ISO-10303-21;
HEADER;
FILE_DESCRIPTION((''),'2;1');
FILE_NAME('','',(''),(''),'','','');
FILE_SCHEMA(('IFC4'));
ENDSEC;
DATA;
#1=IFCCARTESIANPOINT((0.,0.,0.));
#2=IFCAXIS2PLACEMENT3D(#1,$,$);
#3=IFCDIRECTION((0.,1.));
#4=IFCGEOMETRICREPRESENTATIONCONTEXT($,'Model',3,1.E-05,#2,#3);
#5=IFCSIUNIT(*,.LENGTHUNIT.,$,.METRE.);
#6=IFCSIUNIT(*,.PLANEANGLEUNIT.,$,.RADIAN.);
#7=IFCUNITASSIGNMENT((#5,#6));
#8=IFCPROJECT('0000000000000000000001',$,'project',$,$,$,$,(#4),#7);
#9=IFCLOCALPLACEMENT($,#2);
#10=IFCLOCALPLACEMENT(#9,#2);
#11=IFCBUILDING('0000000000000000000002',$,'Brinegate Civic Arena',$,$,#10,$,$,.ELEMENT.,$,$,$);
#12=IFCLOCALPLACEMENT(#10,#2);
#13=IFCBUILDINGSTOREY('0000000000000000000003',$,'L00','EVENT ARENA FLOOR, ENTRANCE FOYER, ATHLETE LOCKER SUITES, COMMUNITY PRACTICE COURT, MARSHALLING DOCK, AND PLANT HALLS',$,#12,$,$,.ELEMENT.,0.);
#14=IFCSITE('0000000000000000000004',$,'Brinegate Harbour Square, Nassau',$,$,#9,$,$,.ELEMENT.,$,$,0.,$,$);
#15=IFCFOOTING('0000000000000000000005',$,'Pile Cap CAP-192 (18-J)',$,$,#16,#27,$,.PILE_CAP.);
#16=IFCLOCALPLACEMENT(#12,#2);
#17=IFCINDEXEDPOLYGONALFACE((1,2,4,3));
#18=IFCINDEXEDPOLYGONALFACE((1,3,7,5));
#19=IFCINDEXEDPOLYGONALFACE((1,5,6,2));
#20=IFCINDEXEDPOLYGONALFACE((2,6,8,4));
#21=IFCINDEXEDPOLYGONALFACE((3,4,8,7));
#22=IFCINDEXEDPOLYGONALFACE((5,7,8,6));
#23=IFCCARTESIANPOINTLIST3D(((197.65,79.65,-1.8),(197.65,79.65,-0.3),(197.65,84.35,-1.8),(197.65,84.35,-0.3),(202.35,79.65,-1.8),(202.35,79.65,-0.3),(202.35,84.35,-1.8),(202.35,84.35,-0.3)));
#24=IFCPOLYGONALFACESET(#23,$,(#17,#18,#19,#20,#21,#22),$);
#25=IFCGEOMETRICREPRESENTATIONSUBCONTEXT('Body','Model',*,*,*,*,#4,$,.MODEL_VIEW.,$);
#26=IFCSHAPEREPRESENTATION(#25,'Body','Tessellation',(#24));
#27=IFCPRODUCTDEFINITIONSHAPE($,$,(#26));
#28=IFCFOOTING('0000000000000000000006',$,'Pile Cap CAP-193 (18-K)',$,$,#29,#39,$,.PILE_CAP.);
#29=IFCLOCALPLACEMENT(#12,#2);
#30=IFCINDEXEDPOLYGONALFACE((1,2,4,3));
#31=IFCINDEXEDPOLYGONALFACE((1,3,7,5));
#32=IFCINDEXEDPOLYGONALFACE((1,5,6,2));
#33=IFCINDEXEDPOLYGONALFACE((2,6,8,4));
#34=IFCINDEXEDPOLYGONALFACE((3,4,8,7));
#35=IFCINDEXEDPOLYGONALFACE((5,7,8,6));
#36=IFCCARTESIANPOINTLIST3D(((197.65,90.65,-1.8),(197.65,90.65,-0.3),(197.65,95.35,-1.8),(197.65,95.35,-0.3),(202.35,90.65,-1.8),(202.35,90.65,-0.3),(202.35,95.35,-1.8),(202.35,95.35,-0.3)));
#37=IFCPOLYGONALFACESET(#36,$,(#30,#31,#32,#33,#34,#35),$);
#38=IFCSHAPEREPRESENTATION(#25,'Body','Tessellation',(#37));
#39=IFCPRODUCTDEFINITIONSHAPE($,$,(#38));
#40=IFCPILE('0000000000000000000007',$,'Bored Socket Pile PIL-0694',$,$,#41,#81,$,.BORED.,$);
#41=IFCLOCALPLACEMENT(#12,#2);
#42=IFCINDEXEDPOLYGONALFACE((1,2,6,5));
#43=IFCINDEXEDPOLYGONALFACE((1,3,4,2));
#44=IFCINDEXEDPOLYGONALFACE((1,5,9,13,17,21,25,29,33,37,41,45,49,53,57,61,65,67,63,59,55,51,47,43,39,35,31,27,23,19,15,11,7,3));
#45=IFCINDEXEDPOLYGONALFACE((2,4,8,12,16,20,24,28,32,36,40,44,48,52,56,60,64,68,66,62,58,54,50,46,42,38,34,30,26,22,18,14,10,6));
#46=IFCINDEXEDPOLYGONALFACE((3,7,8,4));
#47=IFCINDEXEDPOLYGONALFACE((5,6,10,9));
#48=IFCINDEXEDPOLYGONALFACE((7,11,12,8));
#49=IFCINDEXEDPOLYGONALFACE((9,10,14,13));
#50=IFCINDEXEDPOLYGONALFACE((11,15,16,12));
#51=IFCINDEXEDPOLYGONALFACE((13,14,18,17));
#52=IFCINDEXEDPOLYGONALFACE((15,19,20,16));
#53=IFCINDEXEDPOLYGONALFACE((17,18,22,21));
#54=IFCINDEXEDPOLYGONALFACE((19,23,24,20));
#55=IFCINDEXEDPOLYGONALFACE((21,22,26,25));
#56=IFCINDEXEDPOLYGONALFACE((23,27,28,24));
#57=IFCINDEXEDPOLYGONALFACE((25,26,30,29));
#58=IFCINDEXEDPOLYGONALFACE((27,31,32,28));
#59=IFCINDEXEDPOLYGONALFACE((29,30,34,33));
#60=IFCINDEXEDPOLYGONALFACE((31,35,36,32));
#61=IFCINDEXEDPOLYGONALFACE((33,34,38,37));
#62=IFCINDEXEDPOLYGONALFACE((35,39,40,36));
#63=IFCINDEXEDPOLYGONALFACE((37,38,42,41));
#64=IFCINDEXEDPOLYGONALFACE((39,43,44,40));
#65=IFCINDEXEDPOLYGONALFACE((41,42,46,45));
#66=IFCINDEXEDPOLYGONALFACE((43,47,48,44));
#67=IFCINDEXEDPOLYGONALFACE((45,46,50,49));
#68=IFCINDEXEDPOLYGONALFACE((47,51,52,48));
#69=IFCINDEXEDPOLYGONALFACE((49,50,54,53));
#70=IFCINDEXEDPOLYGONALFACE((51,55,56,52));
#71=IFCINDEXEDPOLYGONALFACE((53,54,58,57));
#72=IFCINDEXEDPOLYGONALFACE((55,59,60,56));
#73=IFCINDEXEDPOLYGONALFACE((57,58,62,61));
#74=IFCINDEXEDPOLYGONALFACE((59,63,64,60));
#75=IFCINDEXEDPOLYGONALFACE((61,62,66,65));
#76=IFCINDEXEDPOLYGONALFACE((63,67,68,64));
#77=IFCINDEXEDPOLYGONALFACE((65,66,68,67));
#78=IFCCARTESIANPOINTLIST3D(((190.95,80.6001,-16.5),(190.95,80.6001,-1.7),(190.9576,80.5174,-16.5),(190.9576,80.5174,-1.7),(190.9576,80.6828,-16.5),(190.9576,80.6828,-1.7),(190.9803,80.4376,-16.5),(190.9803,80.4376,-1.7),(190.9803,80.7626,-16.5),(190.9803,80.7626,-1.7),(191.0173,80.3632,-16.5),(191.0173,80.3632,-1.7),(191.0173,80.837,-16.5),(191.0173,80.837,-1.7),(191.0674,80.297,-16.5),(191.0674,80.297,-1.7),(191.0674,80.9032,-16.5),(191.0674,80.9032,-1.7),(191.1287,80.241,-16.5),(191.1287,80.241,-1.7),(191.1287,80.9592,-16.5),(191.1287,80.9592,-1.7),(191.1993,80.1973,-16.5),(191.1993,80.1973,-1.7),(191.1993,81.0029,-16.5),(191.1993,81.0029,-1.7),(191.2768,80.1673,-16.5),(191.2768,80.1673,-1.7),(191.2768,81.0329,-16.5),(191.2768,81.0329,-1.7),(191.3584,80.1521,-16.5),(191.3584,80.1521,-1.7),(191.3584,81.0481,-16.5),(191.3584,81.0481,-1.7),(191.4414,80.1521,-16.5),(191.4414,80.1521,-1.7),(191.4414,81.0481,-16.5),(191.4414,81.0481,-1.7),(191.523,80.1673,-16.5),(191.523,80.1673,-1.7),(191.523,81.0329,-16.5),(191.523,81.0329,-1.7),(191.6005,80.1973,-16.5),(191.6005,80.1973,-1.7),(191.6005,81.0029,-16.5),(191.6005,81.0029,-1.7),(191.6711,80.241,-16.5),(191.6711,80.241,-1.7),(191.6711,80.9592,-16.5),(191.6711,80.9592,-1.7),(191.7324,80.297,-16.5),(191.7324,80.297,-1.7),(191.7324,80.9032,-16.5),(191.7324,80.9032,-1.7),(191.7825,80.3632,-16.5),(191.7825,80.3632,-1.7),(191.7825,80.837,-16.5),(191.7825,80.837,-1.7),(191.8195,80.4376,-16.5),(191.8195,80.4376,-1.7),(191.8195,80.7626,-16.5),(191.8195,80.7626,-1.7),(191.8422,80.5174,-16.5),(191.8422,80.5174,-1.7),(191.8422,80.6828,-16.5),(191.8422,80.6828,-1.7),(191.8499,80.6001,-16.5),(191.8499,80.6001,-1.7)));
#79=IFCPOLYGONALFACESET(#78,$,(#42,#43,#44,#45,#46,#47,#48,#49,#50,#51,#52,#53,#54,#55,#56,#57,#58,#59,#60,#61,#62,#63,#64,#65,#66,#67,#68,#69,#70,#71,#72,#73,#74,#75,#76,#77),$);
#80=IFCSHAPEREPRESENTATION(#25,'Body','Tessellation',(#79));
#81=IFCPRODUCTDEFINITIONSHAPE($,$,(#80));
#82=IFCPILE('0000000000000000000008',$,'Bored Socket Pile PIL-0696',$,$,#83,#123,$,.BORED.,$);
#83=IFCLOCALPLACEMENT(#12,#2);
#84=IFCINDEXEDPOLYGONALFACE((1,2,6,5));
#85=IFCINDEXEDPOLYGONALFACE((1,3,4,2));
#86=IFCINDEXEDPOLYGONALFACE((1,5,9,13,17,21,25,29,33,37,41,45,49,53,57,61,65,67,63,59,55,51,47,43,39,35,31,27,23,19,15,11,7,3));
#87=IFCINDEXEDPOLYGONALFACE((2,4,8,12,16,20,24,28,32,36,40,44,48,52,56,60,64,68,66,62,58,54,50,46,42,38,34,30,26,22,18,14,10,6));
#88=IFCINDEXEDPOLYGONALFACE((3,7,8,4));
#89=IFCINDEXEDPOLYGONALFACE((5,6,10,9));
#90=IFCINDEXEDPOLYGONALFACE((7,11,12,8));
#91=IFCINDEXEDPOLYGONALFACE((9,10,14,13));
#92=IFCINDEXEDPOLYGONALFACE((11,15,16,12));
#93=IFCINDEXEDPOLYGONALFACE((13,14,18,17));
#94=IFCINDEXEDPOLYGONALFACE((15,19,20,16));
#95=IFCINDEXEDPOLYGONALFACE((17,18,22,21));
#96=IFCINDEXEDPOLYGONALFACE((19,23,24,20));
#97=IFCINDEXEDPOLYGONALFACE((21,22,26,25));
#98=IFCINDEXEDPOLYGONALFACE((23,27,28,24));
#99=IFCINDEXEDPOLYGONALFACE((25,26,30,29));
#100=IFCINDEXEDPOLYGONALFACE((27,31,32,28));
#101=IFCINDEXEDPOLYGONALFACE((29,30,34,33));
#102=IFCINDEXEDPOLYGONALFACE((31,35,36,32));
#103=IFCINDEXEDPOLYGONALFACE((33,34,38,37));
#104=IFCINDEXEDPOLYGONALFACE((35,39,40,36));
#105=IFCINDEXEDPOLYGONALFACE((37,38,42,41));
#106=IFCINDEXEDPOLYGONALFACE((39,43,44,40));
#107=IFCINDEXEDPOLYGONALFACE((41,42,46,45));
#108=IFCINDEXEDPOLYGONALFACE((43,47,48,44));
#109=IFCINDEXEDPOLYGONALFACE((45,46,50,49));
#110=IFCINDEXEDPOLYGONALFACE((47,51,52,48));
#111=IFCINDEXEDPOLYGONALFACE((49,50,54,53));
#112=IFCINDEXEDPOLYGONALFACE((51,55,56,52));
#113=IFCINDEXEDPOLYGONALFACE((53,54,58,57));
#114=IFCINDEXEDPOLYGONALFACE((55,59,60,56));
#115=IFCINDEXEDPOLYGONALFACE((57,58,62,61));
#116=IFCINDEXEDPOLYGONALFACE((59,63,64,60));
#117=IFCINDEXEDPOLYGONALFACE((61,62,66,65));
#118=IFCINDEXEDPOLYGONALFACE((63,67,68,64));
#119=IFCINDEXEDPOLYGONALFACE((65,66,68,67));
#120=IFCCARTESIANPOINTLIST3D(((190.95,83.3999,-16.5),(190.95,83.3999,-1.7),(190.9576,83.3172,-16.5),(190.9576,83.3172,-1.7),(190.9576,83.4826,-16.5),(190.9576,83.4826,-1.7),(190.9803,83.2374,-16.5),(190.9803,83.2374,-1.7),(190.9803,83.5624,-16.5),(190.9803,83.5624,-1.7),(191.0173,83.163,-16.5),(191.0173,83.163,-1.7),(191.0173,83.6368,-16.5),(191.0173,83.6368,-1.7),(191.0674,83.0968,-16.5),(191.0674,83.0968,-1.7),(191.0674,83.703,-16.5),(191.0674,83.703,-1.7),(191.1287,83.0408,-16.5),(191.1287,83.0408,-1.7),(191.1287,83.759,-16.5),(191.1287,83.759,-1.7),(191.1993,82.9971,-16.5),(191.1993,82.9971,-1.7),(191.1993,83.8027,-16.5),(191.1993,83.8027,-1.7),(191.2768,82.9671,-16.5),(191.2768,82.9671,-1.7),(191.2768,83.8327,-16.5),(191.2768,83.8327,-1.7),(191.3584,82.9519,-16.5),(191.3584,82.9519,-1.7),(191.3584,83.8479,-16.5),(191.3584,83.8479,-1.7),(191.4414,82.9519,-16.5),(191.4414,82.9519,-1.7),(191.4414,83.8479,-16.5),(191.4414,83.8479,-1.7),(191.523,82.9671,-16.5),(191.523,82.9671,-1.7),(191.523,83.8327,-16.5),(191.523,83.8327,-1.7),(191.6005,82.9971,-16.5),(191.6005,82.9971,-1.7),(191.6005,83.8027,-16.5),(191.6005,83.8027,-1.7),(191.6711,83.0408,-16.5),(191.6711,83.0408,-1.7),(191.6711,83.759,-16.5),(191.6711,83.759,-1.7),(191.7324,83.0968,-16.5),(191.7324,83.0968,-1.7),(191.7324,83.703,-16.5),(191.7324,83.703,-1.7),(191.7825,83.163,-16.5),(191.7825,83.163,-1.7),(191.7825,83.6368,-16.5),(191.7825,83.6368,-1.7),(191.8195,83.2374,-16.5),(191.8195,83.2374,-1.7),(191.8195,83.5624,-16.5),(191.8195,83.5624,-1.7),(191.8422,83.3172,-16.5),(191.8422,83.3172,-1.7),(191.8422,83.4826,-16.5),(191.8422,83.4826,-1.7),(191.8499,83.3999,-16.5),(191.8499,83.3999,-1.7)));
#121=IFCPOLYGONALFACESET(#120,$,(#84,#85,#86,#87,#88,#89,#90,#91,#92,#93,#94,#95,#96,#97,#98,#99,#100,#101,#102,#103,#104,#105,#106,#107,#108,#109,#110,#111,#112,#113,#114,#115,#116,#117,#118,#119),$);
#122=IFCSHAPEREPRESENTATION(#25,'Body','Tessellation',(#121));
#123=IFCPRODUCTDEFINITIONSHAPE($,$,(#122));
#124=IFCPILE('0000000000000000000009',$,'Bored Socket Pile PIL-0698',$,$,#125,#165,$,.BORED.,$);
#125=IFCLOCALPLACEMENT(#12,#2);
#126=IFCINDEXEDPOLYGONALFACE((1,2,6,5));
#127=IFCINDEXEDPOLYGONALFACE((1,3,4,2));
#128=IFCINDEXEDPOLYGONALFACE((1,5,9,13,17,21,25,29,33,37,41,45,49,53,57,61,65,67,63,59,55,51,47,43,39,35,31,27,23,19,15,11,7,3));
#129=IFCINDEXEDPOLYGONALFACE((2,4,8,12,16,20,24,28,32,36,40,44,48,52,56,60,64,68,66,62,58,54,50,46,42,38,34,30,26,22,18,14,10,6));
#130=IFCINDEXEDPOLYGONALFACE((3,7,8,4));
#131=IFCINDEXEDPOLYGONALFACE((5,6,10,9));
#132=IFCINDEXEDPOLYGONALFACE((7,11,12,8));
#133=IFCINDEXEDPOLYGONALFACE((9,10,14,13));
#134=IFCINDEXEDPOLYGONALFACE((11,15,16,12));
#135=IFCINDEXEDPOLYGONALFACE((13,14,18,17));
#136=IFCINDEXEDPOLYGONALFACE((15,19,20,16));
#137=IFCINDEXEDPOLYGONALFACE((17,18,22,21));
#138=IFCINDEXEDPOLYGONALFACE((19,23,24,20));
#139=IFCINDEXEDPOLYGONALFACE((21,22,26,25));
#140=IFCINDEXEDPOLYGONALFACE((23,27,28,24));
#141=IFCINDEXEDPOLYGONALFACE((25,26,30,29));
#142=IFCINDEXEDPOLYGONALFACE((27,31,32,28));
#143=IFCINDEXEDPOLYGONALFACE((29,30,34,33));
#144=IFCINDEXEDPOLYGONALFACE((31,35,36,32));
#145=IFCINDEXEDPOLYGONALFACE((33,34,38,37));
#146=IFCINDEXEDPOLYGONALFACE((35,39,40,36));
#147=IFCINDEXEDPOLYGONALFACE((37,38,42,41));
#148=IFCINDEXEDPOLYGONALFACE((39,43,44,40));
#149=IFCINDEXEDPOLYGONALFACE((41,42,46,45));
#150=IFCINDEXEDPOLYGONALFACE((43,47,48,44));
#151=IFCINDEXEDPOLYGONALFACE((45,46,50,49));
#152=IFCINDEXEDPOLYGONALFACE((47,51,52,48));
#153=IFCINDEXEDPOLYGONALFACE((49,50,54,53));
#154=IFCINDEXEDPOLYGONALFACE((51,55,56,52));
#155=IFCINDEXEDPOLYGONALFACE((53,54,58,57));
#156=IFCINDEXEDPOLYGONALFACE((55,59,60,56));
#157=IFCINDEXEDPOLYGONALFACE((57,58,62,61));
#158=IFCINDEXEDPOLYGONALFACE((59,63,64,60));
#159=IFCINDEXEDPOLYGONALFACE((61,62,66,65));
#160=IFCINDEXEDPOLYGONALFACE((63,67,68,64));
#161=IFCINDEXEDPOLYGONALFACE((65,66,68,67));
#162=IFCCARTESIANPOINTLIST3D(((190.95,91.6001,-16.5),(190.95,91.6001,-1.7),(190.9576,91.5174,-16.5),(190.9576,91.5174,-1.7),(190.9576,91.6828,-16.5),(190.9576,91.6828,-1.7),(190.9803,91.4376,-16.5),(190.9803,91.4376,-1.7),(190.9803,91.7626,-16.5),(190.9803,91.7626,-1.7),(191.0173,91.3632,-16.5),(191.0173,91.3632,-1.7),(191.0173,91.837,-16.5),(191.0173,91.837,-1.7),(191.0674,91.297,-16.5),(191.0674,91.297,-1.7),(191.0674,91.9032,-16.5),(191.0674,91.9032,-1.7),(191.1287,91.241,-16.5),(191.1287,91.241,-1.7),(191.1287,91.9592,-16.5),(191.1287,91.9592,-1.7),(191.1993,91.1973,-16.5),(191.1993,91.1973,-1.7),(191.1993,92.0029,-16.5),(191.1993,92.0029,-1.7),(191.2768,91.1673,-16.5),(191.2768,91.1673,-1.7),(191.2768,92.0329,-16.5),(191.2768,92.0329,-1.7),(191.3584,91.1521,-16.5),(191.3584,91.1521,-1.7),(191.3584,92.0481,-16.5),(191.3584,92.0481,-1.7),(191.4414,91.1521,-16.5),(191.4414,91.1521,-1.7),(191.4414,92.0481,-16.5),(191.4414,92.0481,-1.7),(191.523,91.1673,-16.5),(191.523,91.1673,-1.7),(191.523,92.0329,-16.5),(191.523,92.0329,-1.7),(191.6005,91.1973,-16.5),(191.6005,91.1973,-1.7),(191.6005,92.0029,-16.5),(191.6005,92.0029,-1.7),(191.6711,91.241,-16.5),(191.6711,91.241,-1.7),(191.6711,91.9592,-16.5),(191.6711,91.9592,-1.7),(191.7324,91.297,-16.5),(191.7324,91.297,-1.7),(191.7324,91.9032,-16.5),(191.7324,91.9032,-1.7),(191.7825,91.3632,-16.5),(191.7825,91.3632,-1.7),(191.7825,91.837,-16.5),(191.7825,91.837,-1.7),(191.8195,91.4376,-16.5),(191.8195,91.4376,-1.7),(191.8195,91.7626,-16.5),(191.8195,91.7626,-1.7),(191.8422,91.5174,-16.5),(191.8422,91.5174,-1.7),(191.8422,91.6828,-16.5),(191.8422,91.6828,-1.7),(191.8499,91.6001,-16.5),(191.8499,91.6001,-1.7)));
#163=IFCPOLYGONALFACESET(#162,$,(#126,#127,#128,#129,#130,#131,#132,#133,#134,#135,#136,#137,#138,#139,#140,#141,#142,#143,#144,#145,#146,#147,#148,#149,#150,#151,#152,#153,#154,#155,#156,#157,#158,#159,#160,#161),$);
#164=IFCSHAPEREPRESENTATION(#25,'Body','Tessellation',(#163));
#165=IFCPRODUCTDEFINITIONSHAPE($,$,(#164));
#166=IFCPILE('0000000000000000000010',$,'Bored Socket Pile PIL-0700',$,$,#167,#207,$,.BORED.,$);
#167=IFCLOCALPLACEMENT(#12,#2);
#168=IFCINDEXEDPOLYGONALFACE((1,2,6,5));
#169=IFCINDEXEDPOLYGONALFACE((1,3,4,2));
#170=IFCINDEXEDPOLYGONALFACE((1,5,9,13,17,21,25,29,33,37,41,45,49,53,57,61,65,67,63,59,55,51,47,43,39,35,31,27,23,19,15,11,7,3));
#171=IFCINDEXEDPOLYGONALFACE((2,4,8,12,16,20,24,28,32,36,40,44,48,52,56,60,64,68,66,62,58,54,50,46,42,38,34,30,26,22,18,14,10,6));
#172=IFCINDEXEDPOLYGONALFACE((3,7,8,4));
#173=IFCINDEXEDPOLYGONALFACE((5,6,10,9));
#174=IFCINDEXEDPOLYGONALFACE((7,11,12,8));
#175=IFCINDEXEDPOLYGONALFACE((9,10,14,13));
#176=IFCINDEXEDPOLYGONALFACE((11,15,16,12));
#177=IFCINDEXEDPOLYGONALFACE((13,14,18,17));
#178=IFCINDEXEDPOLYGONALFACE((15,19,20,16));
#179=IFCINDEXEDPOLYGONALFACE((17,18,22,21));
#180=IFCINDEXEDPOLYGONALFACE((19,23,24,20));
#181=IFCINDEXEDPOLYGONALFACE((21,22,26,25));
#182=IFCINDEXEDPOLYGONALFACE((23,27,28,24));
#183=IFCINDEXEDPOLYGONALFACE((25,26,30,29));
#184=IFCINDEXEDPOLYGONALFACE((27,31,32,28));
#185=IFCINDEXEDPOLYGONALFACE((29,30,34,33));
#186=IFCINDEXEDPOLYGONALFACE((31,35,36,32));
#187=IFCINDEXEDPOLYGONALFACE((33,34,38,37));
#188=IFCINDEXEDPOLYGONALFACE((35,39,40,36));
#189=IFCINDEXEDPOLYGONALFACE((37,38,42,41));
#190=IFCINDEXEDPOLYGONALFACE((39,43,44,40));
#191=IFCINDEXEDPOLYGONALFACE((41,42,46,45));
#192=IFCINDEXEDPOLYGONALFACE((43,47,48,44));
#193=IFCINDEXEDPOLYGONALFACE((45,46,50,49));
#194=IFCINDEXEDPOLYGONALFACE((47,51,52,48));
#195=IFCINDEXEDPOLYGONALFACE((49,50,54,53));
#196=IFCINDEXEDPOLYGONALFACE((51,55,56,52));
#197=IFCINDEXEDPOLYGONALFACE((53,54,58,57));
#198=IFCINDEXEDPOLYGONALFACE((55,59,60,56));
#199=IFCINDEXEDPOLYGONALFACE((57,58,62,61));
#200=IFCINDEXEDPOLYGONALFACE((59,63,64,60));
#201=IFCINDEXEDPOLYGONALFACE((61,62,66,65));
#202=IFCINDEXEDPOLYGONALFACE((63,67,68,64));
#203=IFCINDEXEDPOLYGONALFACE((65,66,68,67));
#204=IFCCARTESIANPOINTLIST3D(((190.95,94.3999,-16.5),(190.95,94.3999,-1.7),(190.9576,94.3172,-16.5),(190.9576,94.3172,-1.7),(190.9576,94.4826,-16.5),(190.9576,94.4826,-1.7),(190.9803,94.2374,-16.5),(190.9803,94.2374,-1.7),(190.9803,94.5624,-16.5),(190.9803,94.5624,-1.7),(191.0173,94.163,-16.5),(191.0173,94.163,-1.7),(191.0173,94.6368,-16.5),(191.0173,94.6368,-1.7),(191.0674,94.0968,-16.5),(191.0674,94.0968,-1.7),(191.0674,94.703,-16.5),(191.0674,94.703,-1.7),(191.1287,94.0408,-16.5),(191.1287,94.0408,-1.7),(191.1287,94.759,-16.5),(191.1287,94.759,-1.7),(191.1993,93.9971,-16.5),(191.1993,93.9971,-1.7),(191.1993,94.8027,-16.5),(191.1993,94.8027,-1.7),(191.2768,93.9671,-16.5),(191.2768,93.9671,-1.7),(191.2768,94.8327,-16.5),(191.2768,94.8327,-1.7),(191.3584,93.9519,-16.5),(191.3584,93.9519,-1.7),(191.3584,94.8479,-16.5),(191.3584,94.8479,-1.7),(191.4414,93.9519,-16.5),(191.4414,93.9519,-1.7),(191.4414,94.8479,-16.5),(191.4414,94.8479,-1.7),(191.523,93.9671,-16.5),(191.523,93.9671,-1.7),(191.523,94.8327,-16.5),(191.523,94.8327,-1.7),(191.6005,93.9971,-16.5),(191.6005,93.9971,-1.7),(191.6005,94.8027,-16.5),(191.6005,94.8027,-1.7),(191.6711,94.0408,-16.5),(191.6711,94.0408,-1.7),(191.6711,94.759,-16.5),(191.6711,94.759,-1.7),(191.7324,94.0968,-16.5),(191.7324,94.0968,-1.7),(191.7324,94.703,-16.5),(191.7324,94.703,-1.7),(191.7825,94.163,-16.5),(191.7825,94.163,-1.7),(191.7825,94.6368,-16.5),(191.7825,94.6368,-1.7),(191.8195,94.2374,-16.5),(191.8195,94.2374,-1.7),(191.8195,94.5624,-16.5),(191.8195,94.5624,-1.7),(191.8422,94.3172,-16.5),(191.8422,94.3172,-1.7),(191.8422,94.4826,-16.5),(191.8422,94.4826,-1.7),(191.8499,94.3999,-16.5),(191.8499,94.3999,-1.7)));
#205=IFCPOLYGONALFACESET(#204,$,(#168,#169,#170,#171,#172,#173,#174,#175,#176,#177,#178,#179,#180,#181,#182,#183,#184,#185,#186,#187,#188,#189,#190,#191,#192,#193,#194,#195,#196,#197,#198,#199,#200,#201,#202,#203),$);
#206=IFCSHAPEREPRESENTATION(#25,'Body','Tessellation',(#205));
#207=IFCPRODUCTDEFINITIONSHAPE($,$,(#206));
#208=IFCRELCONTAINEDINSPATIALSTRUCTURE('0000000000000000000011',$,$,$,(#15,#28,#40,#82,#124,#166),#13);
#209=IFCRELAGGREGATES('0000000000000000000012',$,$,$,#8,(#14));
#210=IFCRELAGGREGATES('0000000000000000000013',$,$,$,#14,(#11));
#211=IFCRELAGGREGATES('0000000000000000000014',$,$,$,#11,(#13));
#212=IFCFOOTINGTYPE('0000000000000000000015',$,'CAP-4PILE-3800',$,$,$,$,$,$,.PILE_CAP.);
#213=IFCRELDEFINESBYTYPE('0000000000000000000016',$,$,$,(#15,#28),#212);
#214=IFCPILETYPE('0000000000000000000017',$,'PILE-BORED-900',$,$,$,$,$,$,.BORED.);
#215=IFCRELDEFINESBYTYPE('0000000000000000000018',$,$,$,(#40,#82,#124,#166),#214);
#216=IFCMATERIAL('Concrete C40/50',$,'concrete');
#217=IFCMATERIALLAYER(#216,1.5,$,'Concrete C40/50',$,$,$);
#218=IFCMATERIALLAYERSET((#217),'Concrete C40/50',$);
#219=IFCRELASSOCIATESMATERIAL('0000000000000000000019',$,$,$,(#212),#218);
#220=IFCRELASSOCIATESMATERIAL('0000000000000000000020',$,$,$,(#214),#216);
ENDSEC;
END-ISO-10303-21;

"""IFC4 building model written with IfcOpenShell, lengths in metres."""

from ifc_helpers import new_model, si_unit, direction, frame, origin, origin_2d, place, context, subcontext, project, spatial, rectangle, circle, extrude, material, layer, layer_set, material_profile, profile_set, type_object, element, save


model = new_model("IFC4")

# Units and contexts
model_context = context("Model", 3, precision=1e-05, world=origin(), true_north=direction((0.0, 1.0)))
body_context = subcontext(model_context, "Body", "Model", "MODEL_VIEW")
ifc_project = project(units=[si_unit("LENGTHUNIT", "METRE"), si_unit("PLANEANGLEUNIT", "RADIAN")], contexts=[model_context])

# Site, building, storey
site_placement = place(None, origin())
site = spatial("IfcSite", under=ifc_project, at=site_placement, Name="Brinegate Harbour Square, Nassau", CompositionType="ELEMENT", RefElevation=0.0)
building_placement = place(site_placement, origin())
building = spatial("IfcBuilding", under=site, at=building_placement, Name="Brinegate Civic Arena", CompositionType="ELEMENT")
storey_placement = place(building_placement, origin())
storey = spatial("IfcBuildingStorey", under=building, at=storey_placement, Name="L00", Description="EVENT ARENA FLOOR, ENTRANCE FOYER, ATHLETE LOCKER SUITES, COMMUNITY PRACTICE COURT, MARSHALLING DOCK, AND PLANT HALLS", CompositionType="ELEMENT", Elevation=0.0)

# Footings
ifc_material_1 = material(Name="Concrete C40/50", Category="concrete")
ifc_layer_1 = layer(ifc_material_1, 1.5, Name="Concrete C40/50")
ifc_layer_set_1 = layer_set([ifc_layer_1], Name="Concrete C40/50")
footing_type_1 = type_object("IfcFootingType", Name="CAP-4PILE-3800", PredefinedType="PILE_CAP", material=ifc_layer_set_1)
for number, where, z_axis, x_axis, name in (
    (1, (200.0, 82.0, -1.8), (0.0, 0.0, 1.0), (1.0, 0.0, 0.0), "Pile Cap CAP-192 (18-J)"),
    (2, (200.0, 93.0, -1.8), (0.0, 0.0, 1.0), (1.0, 0.0, 0.0), "Pile Cap CAP-193 (18-K)"),
):
    element("IfcFooting", number, at=place(storey_placement, frame(where, z_axis=z_axis, x_axis=x_axis)), inside=storey, type_object=footing_type_1, Name=name, PredefinedType="PILE_CAP", context=body_context, shape_type="SweptSolid", body=[
        extrude(rectangle(XDim=4.7, YDim=4.7, at=origin_2d()), origin(), (0.0, 0.0, 1.0), 1.5),
    ])

# Piles
ifc_material_profile_1 = material_profile(ifc_material_1, circle(Radius=0.45, at=origin_2d()), Name="PILED900")
ifc_profile_set_1 = profile_set([ifc_material_profile_1], Name="Concrete C40/50")
pile_type = type_object("IfcPileType", Name="PILE-BORED-900", PredefinedType="BORED", material=ifc_profile_set_1)
for number, where, z_axis, x_axis, name in (
    (3, (191.3999, 80.6001, -1.7), (0.0, 0.0, -1.0), (1.0, 0.0, 0.0), "Bored Socket Pile PIL-0694"),
    (4, (191.3999, 83.3999, -1.7), (0.0, 0.0, -1.0), (1.0, 0.0, 0.0), "Bored Socket Pile PIL-0696"),
    (5, (191.3999, 91.6001, -1.7), (0.0, 0.0, -1.0), (1.0, 0.0, 0.0), "Bored Socket Pile PIL-0698"),
    (6, (191.3999, 94.3999, -1.7), (0.0, 0.0, -1.0), (1.0, 0.0, 0.0), "Bored Socket Pile PIL-0700"),
):
    element("IfcPile", number, at=place(storey_placement, frame(where, z_axis=z_axis, x_axis=x_axis)), inside=storey, type_object=pile_type, Name=name, PredefinedType="BORED", context=body_context, shape_type="SweptSolid", body=[
        extrude(circle(Radius=0.45, at=origin_2d()), origin(), (0.0, 0.0, 1.0), 14.8),
    ])

save(model, "model.ifc")
